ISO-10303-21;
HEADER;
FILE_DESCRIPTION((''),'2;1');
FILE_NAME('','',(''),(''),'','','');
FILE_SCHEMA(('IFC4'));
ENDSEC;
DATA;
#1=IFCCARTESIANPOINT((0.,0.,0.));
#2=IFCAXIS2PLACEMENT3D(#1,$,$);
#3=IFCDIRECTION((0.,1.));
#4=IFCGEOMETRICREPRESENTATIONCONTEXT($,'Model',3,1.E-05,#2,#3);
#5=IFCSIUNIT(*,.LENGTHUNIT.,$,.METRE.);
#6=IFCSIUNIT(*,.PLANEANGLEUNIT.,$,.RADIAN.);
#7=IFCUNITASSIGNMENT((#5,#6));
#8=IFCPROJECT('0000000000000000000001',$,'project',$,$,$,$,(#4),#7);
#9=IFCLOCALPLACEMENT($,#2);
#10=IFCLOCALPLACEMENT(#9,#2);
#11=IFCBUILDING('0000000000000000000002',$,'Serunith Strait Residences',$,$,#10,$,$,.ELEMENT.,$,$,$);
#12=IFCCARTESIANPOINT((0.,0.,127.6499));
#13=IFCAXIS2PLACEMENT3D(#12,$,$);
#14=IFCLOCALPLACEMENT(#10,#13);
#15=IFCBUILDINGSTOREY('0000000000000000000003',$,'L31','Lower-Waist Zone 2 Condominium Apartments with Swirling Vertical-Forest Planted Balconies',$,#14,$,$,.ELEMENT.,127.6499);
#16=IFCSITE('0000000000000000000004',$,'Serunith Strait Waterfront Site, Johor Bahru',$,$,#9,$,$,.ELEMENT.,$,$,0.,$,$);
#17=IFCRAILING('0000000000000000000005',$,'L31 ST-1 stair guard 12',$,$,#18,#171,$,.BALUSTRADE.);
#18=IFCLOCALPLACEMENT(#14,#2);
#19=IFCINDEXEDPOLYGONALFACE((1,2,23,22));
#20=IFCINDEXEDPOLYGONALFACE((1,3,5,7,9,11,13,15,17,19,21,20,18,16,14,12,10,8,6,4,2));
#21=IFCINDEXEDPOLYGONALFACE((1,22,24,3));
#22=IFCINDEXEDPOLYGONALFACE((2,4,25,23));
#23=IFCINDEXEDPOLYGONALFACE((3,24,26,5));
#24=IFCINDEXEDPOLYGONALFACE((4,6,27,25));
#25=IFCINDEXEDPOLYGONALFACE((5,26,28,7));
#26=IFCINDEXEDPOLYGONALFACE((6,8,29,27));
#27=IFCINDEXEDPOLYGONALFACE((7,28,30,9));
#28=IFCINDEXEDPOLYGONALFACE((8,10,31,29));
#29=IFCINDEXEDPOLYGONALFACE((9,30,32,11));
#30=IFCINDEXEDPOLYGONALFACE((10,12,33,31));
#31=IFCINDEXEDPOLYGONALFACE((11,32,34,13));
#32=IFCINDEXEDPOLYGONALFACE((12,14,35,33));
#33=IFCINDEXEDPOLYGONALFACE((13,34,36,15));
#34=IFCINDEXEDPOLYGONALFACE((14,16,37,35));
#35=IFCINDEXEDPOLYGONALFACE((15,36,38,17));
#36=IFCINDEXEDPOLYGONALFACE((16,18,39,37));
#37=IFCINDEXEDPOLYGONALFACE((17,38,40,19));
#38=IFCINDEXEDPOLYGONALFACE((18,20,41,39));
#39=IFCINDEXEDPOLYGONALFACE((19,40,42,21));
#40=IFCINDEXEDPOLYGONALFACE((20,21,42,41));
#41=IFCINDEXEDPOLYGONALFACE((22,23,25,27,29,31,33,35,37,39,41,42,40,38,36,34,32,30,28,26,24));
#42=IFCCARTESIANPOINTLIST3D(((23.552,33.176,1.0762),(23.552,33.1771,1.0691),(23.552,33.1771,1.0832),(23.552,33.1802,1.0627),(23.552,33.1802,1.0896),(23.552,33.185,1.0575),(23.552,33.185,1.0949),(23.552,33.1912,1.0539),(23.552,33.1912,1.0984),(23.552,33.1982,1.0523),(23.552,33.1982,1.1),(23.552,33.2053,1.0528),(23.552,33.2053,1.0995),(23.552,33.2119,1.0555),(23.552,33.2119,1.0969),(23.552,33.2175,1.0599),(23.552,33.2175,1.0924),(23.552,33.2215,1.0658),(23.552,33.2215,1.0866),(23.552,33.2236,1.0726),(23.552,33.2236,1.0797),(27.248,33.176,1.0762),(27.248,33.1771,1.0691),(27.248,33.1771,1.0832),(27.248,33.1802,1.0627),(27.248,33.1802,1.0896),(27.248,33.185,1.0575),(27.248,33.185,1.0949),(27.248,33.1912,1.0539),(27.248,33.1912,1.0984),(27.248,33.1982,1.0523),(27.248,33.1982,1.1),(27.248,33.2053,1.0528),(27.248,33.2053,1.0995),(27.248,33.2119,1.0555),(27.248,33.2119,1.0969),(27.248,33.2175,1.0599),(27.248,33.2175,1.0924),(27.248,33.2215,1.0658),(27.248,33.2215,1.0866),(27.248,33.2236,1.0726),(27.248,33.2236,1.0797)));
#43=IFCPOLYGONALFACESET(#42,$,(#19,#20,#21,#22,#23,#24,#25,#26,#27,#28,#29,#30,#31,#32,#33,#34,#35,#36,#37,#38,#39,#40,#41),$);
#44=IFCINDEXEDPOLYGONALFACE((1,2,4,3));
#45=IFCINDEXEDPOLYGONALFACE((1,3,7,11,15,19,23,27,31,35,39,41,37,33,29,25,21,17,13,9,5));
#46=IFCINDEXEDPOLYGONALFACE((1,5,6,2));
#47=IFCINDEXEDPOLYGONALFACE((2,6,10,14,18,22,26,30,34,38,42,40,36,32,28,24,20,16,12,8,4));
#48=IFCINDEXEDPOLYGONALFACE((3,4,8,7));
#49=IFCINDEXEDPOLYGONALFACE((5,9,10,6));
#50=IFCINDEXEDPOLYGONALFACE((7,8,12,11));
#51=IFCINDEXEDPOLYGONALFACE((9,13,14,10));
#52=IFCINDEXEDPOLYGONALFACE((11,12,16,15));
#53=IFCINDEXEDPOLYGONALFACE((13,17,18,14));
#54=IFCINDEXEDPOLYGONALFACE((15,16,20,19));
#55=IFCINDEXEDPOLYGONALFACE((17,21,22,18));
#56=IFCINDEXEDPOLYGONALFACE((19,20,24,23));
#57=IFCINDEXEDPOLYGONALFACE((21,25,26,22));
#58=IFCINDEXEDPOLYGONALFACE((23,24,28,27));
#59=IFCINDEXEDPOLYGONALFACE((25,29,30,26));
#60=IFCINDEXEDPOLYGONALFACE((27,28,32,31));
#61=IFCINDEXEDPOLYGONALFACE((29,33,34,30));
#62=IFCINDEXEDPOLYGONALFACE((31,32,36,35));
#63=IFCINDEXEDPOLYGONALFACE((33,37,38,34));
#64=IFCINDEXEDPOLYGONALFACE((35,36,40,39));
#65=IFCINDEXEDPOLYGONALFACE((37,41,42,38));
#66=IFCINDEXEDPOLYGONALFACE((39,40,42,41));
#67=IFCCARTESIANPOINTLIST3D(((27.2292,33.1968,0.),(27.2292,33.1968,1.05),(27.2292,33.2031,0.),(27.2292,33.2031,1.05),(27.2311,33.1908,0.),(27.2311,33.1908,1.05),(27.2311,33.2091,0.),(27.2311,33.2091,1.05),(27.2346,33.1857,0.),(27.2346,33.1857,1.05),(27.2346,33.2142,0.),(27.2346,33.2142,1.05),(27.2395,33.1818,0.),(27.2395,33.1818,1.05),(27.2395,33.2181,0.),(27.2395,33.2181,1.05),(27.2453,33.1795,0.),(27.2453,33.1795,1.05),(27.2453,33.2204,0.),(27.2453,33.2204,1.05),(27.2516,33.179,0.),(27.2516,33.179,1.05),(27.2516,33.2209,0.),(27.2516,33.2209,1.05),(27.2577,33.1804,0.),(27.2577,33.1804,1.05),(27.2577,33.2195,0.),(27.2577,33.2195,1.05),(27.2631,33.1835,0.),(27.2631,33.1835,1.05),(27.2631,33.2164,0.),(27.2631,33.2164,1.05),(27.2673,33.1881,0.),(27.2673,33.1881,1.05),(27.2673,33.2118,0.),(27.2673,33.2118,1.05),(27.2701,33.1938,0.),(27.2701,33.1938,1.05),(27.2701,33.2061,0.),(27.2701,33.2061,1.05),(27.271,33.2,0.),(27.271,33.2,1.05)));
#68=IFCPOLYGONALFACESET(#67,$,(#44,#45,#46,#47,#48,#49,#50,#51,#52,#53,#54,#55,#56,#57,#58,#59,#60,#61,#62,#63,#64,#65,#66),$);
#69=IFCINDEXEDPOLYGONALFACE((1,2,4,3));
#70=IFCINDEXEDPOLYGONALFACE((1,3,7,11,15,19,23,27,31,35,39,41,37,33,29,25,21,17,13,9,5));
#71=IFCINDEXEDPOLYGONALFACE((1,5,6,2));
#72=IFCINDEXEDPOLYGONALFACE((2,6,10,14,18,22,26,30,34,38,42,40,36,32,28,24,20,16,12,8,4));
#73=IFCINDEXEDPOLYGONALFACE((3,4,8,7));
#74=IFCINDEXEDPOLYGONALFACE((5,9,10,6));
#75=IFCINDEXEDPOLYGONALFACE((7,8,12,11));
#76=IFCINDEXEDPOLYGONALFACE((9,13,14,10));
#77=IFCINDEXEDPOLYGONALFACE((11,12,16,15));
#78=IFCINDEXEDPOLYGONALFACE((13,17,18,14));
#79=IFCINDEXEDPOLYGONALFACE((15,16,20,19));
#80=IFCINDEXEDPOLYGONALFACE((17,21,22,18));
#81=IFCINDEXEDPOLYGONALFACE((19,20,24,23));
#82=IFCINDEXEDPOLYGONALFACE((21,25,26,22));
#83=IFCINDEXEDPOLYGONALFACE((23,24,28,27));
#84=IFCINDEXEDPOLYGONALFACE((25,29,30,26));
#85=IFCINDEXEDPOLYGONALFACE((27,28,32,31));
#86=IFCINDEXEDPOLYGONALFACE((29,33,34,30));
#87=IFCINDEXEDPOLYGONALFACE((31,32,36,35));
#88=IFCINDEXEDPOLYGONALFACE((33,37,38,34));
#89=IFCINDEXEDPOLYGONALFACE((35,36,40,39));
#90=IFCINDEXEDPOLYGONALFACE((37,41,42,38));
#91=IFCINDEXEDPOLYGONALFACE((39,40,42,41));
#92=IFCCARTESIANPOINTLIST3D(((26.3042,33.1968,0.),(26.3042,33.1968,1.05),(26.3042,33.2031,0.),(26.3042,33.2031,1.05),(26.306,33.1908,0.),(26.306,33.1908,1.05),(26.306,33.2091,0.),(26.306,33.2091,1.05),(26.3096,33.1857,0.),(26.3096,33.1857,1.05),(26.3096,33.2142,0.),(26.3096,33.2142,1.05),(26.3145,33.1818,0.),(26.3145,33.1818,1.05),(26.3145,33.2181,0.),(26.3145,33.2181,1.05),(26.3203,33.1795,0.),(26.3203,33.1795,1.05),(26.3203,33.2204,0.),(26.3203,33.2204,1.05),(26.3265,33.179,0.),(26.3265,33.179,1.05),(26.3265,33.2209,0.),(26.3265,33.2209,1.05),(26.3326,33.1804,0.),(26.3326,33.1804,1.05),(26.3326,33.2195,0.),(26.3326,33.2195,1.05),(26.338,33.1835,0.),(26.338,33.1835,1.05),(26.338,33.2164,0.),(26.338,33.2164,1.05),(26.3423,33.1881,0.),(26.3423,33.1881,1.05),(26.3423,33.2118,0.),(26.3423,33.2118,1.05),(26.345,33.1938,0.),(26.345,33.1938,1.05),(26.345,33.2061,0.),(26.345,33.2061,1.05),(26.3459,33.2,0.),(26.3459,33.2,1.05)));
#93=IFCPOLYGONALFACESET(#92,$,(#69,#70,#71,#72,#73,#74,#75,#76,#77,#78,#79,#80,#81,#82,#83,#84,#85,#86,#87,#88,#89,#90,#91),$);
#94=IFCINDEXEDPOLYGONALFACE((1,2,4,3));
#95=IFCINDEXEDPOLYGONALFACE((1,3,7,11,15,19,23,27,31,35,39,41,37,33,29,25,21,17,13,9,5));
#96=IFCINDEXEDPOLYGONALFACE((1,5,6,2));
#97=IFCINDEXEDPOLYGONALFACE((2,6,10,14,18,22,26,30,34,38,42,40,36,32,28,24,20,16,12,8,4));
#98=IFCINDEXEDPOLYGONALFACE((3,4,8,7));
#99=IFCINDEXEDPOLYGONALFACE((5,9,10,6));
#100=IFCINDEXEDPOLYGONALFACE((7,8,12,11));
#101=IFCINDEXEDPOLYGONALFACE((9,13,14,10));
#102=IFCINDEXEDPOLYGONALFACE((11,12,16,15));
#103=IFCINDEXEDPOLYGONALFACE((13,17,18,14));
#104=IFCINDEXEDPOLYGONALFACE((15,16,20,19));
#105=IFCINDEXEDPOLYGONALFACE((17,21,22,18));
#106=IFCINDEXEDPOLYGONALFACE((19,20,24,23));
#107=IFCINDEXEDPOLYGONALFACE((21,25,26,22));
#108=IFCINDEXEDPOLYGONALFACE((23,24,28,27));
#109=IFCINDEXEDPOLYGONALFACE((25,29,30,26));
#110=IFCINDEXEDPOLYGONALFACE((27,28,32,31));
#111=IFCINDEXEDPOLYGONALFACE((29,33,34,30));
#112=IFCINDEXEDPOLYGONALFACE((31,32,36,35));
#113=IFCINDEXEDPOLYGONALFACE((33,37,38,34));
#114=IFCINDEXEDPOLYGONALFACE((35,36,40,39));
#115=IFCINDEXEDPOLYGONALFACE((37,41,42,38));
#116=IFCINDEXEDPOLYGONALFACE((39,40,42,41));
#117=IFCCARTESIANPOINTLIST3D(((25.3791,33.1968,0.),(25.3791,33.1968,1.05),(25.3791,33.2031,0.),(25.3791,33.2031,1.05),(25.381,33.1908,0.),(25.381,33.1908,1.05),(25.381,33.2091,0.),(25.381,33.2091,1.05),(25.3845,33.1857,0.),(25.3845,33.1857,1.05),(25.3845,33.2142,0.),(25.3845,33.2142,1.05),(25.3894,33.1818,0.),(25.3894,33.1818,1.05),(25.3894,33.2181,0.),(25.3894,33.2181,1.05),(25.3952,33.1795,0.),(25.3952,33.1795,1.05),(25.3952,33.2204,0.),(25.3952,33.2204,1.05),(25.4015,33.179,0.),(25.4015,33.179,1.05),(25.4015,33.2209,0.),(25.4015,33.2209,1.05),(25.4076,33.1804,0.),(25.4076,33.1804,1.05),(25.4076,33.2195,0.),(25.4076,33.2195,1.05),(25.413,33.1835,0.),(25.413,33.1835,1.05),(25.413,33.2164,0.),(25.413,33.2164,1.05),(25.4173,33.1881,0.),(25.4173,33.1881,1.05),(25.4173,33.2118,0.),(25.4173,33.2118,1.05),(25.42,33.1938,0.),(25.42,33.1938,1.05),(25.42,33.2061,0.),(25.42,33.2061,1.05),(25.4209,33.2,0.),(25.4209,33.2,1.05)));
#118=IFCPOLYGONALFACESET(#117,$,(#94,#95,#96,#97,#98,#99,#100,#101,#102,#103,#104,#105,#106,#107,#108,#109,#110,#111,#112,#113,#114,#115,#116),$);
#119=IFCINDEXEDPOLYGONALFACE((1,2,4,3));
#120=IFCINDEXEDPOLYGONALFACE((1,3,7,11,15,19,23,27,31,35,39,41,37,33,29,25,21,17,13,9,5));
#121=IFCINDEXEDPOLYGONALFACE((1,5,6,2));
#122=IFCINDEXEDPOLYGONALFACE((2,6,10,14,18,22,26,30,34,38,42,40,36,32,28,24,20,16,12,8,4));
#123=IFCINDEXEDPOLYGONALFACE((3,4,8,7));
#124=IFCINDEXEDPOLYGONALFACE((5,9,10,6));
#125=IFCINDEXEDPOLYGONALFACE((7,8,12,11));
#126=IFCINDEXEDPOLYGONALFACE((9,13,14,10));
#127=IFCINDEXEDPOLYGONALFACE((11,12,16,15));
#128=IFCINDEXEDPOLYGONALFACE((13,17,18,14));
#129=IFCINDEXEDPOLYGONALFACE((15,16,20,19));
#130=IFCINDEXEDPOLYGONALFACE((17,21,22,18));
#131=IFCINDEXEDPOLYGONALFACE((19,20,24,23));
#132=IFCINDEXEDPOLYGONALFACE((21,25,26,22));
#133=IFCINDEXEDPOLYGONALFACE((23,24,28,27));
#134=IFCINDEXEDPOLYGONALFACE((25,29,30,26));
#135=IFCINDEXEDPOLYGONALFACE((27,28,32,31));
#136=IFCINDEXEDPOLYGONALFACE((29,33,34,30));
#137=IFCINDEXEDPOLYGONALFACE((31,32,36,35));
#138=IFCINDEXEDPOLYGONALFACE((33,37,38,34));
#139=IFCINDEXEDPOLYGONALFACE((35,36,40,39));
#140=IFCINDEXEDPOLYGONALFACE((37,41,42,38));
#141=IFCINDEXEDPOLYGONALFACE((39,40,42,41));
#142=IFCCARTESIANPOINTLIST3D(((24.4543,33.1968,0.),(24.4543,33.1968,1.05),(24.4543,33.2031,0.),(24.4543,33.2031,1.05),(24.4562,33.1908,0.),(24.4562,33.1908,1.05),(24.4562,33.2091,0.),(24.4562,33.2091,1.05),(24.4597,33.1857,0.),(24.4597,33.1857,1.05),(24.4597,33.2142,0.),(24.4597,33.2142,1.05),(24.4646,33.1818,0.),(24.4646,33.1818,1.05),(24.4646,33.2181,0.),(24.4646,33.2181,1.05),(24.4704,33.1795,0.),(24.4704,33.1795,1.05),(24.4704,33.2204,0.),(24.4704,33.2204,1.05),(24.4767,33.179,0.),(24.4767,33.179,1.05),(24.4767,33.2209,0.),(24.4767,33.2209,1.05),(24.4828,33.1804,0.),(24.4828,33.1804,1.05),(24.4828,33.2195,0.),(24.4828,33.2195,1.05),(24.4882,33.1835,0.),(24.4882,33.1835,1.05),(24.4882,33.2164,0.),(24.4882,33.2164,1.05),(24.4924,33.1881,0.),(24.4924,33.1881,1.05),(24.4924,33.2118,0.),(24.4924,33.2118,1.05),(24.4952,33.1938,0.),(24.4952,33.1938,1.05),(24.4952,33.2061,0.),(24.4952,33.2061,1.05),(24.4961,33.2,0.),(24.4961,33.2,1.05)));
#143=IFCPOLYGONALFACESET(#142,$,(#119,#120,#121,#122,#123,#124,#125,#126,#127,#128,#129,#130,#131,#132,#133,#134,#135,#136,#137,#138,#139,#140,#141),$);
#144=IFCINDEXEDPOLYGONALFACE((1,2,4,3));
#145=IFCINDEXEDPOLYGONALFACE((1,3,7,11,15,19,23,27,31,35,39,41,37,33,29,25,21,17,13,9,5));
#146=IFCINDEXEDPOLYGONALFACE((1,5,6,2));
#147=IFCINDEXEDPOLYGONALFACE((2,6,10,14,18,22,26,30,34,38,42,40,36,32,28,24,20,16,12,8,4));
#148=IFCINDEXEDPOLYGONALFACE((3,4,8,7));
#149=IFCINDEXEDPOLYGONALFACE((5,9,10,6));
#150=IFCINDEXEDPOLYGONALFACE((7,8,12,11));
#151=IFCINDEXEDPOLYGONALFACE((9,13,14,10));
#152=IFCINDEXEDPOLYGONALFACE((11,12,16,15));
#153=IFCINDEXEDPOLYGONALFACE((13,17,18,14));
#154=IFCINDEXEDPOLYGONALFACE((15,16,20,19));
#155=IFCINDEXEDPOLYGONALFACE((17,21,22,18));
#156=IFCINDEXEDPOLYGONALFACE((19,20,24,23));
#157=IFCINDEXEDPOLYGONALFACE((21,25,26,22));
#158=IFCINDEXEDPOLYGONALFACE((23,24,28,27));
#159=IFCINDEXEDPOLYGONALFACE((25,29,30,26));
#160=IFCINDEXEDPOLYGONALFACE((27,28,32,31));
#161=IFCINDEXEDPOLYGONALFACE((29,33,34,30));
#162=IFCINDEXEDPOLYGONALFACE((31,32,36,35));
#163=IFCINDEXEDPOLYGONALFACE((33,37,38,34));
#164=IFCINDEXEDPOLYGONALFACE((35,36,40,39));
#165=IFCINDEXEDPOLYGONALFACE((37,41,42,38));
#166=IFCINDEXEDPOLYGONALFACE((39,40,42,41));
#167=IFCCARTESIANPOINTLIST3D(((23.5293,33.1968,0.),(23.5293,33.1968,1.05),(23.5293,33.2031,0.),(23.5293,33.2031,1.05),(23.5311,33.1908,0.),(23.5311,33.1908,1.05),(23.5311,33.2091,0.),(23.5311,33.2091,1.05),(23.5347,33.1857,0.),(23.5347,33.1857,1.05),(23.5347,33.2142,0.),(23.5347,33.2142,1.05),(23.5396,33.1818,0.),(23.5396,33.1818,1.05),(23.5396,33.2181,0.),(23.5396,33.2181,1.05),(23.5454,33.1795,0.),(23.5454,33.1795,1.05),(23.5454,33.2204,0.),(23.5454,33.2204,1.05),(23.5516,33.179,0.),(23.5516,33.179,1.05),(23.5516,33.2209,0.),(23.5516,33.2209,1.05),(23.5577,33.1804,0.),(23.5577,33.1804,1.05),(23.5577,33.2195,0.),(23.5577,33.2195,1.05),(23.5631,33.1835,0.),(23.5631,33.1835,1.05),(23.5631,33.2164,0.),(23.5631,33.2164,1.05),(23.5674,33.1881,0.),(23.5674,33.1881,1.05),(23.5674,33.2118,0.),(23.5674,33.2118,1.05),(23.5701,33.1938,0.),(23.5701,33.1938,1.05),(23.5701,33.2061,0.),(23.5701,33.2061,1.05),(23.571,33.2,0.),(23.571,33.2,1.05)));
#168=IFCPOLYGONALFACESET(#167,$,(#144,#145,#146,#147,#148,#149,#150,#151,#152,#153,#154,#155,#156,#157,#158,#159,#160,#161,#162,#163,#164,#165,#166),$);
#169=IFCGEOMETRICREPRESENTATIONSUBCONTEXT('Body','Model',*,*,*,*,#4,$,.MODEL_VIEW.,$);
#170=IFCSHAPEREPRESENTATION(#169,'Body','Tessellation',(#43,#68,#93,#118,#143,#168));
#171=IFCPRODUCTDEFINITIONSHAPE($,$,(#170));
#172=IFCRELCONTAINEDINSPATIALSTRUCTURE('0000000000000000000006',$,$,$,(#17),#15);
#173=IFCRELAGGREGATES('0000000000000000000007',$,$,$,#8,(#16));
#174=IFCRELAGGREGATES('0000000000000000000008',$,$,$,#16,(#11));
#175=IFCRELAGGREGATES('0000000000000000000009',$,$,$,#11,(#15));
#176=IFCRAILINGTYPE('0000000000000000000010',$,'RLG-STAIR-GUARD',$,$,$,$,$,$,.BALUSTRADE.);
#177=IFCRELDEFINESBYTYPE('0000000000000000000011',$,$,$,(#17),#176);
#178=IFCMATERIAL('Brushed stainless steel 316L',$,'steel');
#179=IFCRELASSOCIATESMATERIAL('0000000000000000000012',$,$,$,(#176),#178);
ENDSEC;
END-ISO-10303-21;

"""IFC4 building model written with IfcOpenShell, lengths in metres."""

from ifc_helpers import new_model, si_unit, direction, frame, origin, origin_2d, place, context, subcontext, project, spatial, circle, extrude, material, type_object, element, save


model = new_model("IFC4")

# Units and contexts
model_context = context("Model", 3, precision=1e-05, world=origin(), true_north=direction((0.0, 1.0)))
body_context = subcontext(model_context, "Body", "Model", "MODEL_VIEW")
ifc_project = project(units=[si_unit("LENGTHUNIT", "METRE"), si_unit("PLANEANGLEUNIT", "RADIAN")], contexts=[model_context])

# Site, building, storey
site_placement = place(None, origin())
site = spatial("IfcSite", under=ifc_project, at=site_placement, Name="Serunith Strait Waterfront Site, Johor Bahru", CompositionType="ELEMENT", RefElevation=0.0)
building_placement = place(site_placement, origin())
building = spatial("IfcBuilding", under=site, at=building_placement, Name="Serunith Strait Residences", CompositionType="ELEMENT")
storey_placement = place(building_placement, frame((0.0, 0.0, 127.6499)))
storey = spatial("IfcBuildingStorey", under=building, at=storey_placement, Name="L31", Description="Lower-Waist Zone 2 Condominium Apartments with Swirling Vertical-Forest Planted Balconies", CompositionType="ELEMENT", Elevation=127.6499)

# Railing
ifc_material_1 = material(Name="Brushed stainless steel 316L", Category="steel")
railing_type_1 = type_object("IfcRailingType", Name="RLG-STAIR-GUARD", PredefinedType="BALUSTRADE", material=ifc_material_1)
railing_1_placement = place(storey_placement, frame((27.25, 33.2, 0.0)))
element("IfcRailing", 1, at=railing_1_placement, inside=storey, type_object=railing_type_1, Name="L31 ST-1 stair guard 12", PredefinedType="BALUSTRADE", context=body_context, shape_type="SweptSolid", body=[
    extrude(circle(Radius=0.0239, at=origin_2d()), frame((-0.002, 0.0, 1.0762), z_axis=(-1.0, 0.0, 0.0), x_axis=(0.0, -1.0, 0.0)), (0.0, 0.0, 1.0), 3.696),
    extrude(circle(Radius=0.021, at=origin_2d()), origin(), (0.0, 0.0, 1.0), 1.05),
    extrude(circle(Radius=0.021, at=origin_2d()), frame((-0.925, 0.0, 0.0)), (0.0, 0.0, 1.0), 1.05),
    extrude(circle(Radius=0.021, at=origin_2d()), frame((-1.8501, 0.0, 0.0)), (0.0, 0.0, 1.0), 1.05),
    extrude(circle(Radius=0.021, at=origin_2d()), frame((-2.7749, 0.0, 0.0)), (0.0, 0.0, 1.0), 1.05),
    extrude(circle(Radius=0.021, at=origin_2d()), frame((-3.7, 0.0, 0.0)), (0.0, 0.0, 1.0), 1.05),
])

save(model, "model.ifc")
